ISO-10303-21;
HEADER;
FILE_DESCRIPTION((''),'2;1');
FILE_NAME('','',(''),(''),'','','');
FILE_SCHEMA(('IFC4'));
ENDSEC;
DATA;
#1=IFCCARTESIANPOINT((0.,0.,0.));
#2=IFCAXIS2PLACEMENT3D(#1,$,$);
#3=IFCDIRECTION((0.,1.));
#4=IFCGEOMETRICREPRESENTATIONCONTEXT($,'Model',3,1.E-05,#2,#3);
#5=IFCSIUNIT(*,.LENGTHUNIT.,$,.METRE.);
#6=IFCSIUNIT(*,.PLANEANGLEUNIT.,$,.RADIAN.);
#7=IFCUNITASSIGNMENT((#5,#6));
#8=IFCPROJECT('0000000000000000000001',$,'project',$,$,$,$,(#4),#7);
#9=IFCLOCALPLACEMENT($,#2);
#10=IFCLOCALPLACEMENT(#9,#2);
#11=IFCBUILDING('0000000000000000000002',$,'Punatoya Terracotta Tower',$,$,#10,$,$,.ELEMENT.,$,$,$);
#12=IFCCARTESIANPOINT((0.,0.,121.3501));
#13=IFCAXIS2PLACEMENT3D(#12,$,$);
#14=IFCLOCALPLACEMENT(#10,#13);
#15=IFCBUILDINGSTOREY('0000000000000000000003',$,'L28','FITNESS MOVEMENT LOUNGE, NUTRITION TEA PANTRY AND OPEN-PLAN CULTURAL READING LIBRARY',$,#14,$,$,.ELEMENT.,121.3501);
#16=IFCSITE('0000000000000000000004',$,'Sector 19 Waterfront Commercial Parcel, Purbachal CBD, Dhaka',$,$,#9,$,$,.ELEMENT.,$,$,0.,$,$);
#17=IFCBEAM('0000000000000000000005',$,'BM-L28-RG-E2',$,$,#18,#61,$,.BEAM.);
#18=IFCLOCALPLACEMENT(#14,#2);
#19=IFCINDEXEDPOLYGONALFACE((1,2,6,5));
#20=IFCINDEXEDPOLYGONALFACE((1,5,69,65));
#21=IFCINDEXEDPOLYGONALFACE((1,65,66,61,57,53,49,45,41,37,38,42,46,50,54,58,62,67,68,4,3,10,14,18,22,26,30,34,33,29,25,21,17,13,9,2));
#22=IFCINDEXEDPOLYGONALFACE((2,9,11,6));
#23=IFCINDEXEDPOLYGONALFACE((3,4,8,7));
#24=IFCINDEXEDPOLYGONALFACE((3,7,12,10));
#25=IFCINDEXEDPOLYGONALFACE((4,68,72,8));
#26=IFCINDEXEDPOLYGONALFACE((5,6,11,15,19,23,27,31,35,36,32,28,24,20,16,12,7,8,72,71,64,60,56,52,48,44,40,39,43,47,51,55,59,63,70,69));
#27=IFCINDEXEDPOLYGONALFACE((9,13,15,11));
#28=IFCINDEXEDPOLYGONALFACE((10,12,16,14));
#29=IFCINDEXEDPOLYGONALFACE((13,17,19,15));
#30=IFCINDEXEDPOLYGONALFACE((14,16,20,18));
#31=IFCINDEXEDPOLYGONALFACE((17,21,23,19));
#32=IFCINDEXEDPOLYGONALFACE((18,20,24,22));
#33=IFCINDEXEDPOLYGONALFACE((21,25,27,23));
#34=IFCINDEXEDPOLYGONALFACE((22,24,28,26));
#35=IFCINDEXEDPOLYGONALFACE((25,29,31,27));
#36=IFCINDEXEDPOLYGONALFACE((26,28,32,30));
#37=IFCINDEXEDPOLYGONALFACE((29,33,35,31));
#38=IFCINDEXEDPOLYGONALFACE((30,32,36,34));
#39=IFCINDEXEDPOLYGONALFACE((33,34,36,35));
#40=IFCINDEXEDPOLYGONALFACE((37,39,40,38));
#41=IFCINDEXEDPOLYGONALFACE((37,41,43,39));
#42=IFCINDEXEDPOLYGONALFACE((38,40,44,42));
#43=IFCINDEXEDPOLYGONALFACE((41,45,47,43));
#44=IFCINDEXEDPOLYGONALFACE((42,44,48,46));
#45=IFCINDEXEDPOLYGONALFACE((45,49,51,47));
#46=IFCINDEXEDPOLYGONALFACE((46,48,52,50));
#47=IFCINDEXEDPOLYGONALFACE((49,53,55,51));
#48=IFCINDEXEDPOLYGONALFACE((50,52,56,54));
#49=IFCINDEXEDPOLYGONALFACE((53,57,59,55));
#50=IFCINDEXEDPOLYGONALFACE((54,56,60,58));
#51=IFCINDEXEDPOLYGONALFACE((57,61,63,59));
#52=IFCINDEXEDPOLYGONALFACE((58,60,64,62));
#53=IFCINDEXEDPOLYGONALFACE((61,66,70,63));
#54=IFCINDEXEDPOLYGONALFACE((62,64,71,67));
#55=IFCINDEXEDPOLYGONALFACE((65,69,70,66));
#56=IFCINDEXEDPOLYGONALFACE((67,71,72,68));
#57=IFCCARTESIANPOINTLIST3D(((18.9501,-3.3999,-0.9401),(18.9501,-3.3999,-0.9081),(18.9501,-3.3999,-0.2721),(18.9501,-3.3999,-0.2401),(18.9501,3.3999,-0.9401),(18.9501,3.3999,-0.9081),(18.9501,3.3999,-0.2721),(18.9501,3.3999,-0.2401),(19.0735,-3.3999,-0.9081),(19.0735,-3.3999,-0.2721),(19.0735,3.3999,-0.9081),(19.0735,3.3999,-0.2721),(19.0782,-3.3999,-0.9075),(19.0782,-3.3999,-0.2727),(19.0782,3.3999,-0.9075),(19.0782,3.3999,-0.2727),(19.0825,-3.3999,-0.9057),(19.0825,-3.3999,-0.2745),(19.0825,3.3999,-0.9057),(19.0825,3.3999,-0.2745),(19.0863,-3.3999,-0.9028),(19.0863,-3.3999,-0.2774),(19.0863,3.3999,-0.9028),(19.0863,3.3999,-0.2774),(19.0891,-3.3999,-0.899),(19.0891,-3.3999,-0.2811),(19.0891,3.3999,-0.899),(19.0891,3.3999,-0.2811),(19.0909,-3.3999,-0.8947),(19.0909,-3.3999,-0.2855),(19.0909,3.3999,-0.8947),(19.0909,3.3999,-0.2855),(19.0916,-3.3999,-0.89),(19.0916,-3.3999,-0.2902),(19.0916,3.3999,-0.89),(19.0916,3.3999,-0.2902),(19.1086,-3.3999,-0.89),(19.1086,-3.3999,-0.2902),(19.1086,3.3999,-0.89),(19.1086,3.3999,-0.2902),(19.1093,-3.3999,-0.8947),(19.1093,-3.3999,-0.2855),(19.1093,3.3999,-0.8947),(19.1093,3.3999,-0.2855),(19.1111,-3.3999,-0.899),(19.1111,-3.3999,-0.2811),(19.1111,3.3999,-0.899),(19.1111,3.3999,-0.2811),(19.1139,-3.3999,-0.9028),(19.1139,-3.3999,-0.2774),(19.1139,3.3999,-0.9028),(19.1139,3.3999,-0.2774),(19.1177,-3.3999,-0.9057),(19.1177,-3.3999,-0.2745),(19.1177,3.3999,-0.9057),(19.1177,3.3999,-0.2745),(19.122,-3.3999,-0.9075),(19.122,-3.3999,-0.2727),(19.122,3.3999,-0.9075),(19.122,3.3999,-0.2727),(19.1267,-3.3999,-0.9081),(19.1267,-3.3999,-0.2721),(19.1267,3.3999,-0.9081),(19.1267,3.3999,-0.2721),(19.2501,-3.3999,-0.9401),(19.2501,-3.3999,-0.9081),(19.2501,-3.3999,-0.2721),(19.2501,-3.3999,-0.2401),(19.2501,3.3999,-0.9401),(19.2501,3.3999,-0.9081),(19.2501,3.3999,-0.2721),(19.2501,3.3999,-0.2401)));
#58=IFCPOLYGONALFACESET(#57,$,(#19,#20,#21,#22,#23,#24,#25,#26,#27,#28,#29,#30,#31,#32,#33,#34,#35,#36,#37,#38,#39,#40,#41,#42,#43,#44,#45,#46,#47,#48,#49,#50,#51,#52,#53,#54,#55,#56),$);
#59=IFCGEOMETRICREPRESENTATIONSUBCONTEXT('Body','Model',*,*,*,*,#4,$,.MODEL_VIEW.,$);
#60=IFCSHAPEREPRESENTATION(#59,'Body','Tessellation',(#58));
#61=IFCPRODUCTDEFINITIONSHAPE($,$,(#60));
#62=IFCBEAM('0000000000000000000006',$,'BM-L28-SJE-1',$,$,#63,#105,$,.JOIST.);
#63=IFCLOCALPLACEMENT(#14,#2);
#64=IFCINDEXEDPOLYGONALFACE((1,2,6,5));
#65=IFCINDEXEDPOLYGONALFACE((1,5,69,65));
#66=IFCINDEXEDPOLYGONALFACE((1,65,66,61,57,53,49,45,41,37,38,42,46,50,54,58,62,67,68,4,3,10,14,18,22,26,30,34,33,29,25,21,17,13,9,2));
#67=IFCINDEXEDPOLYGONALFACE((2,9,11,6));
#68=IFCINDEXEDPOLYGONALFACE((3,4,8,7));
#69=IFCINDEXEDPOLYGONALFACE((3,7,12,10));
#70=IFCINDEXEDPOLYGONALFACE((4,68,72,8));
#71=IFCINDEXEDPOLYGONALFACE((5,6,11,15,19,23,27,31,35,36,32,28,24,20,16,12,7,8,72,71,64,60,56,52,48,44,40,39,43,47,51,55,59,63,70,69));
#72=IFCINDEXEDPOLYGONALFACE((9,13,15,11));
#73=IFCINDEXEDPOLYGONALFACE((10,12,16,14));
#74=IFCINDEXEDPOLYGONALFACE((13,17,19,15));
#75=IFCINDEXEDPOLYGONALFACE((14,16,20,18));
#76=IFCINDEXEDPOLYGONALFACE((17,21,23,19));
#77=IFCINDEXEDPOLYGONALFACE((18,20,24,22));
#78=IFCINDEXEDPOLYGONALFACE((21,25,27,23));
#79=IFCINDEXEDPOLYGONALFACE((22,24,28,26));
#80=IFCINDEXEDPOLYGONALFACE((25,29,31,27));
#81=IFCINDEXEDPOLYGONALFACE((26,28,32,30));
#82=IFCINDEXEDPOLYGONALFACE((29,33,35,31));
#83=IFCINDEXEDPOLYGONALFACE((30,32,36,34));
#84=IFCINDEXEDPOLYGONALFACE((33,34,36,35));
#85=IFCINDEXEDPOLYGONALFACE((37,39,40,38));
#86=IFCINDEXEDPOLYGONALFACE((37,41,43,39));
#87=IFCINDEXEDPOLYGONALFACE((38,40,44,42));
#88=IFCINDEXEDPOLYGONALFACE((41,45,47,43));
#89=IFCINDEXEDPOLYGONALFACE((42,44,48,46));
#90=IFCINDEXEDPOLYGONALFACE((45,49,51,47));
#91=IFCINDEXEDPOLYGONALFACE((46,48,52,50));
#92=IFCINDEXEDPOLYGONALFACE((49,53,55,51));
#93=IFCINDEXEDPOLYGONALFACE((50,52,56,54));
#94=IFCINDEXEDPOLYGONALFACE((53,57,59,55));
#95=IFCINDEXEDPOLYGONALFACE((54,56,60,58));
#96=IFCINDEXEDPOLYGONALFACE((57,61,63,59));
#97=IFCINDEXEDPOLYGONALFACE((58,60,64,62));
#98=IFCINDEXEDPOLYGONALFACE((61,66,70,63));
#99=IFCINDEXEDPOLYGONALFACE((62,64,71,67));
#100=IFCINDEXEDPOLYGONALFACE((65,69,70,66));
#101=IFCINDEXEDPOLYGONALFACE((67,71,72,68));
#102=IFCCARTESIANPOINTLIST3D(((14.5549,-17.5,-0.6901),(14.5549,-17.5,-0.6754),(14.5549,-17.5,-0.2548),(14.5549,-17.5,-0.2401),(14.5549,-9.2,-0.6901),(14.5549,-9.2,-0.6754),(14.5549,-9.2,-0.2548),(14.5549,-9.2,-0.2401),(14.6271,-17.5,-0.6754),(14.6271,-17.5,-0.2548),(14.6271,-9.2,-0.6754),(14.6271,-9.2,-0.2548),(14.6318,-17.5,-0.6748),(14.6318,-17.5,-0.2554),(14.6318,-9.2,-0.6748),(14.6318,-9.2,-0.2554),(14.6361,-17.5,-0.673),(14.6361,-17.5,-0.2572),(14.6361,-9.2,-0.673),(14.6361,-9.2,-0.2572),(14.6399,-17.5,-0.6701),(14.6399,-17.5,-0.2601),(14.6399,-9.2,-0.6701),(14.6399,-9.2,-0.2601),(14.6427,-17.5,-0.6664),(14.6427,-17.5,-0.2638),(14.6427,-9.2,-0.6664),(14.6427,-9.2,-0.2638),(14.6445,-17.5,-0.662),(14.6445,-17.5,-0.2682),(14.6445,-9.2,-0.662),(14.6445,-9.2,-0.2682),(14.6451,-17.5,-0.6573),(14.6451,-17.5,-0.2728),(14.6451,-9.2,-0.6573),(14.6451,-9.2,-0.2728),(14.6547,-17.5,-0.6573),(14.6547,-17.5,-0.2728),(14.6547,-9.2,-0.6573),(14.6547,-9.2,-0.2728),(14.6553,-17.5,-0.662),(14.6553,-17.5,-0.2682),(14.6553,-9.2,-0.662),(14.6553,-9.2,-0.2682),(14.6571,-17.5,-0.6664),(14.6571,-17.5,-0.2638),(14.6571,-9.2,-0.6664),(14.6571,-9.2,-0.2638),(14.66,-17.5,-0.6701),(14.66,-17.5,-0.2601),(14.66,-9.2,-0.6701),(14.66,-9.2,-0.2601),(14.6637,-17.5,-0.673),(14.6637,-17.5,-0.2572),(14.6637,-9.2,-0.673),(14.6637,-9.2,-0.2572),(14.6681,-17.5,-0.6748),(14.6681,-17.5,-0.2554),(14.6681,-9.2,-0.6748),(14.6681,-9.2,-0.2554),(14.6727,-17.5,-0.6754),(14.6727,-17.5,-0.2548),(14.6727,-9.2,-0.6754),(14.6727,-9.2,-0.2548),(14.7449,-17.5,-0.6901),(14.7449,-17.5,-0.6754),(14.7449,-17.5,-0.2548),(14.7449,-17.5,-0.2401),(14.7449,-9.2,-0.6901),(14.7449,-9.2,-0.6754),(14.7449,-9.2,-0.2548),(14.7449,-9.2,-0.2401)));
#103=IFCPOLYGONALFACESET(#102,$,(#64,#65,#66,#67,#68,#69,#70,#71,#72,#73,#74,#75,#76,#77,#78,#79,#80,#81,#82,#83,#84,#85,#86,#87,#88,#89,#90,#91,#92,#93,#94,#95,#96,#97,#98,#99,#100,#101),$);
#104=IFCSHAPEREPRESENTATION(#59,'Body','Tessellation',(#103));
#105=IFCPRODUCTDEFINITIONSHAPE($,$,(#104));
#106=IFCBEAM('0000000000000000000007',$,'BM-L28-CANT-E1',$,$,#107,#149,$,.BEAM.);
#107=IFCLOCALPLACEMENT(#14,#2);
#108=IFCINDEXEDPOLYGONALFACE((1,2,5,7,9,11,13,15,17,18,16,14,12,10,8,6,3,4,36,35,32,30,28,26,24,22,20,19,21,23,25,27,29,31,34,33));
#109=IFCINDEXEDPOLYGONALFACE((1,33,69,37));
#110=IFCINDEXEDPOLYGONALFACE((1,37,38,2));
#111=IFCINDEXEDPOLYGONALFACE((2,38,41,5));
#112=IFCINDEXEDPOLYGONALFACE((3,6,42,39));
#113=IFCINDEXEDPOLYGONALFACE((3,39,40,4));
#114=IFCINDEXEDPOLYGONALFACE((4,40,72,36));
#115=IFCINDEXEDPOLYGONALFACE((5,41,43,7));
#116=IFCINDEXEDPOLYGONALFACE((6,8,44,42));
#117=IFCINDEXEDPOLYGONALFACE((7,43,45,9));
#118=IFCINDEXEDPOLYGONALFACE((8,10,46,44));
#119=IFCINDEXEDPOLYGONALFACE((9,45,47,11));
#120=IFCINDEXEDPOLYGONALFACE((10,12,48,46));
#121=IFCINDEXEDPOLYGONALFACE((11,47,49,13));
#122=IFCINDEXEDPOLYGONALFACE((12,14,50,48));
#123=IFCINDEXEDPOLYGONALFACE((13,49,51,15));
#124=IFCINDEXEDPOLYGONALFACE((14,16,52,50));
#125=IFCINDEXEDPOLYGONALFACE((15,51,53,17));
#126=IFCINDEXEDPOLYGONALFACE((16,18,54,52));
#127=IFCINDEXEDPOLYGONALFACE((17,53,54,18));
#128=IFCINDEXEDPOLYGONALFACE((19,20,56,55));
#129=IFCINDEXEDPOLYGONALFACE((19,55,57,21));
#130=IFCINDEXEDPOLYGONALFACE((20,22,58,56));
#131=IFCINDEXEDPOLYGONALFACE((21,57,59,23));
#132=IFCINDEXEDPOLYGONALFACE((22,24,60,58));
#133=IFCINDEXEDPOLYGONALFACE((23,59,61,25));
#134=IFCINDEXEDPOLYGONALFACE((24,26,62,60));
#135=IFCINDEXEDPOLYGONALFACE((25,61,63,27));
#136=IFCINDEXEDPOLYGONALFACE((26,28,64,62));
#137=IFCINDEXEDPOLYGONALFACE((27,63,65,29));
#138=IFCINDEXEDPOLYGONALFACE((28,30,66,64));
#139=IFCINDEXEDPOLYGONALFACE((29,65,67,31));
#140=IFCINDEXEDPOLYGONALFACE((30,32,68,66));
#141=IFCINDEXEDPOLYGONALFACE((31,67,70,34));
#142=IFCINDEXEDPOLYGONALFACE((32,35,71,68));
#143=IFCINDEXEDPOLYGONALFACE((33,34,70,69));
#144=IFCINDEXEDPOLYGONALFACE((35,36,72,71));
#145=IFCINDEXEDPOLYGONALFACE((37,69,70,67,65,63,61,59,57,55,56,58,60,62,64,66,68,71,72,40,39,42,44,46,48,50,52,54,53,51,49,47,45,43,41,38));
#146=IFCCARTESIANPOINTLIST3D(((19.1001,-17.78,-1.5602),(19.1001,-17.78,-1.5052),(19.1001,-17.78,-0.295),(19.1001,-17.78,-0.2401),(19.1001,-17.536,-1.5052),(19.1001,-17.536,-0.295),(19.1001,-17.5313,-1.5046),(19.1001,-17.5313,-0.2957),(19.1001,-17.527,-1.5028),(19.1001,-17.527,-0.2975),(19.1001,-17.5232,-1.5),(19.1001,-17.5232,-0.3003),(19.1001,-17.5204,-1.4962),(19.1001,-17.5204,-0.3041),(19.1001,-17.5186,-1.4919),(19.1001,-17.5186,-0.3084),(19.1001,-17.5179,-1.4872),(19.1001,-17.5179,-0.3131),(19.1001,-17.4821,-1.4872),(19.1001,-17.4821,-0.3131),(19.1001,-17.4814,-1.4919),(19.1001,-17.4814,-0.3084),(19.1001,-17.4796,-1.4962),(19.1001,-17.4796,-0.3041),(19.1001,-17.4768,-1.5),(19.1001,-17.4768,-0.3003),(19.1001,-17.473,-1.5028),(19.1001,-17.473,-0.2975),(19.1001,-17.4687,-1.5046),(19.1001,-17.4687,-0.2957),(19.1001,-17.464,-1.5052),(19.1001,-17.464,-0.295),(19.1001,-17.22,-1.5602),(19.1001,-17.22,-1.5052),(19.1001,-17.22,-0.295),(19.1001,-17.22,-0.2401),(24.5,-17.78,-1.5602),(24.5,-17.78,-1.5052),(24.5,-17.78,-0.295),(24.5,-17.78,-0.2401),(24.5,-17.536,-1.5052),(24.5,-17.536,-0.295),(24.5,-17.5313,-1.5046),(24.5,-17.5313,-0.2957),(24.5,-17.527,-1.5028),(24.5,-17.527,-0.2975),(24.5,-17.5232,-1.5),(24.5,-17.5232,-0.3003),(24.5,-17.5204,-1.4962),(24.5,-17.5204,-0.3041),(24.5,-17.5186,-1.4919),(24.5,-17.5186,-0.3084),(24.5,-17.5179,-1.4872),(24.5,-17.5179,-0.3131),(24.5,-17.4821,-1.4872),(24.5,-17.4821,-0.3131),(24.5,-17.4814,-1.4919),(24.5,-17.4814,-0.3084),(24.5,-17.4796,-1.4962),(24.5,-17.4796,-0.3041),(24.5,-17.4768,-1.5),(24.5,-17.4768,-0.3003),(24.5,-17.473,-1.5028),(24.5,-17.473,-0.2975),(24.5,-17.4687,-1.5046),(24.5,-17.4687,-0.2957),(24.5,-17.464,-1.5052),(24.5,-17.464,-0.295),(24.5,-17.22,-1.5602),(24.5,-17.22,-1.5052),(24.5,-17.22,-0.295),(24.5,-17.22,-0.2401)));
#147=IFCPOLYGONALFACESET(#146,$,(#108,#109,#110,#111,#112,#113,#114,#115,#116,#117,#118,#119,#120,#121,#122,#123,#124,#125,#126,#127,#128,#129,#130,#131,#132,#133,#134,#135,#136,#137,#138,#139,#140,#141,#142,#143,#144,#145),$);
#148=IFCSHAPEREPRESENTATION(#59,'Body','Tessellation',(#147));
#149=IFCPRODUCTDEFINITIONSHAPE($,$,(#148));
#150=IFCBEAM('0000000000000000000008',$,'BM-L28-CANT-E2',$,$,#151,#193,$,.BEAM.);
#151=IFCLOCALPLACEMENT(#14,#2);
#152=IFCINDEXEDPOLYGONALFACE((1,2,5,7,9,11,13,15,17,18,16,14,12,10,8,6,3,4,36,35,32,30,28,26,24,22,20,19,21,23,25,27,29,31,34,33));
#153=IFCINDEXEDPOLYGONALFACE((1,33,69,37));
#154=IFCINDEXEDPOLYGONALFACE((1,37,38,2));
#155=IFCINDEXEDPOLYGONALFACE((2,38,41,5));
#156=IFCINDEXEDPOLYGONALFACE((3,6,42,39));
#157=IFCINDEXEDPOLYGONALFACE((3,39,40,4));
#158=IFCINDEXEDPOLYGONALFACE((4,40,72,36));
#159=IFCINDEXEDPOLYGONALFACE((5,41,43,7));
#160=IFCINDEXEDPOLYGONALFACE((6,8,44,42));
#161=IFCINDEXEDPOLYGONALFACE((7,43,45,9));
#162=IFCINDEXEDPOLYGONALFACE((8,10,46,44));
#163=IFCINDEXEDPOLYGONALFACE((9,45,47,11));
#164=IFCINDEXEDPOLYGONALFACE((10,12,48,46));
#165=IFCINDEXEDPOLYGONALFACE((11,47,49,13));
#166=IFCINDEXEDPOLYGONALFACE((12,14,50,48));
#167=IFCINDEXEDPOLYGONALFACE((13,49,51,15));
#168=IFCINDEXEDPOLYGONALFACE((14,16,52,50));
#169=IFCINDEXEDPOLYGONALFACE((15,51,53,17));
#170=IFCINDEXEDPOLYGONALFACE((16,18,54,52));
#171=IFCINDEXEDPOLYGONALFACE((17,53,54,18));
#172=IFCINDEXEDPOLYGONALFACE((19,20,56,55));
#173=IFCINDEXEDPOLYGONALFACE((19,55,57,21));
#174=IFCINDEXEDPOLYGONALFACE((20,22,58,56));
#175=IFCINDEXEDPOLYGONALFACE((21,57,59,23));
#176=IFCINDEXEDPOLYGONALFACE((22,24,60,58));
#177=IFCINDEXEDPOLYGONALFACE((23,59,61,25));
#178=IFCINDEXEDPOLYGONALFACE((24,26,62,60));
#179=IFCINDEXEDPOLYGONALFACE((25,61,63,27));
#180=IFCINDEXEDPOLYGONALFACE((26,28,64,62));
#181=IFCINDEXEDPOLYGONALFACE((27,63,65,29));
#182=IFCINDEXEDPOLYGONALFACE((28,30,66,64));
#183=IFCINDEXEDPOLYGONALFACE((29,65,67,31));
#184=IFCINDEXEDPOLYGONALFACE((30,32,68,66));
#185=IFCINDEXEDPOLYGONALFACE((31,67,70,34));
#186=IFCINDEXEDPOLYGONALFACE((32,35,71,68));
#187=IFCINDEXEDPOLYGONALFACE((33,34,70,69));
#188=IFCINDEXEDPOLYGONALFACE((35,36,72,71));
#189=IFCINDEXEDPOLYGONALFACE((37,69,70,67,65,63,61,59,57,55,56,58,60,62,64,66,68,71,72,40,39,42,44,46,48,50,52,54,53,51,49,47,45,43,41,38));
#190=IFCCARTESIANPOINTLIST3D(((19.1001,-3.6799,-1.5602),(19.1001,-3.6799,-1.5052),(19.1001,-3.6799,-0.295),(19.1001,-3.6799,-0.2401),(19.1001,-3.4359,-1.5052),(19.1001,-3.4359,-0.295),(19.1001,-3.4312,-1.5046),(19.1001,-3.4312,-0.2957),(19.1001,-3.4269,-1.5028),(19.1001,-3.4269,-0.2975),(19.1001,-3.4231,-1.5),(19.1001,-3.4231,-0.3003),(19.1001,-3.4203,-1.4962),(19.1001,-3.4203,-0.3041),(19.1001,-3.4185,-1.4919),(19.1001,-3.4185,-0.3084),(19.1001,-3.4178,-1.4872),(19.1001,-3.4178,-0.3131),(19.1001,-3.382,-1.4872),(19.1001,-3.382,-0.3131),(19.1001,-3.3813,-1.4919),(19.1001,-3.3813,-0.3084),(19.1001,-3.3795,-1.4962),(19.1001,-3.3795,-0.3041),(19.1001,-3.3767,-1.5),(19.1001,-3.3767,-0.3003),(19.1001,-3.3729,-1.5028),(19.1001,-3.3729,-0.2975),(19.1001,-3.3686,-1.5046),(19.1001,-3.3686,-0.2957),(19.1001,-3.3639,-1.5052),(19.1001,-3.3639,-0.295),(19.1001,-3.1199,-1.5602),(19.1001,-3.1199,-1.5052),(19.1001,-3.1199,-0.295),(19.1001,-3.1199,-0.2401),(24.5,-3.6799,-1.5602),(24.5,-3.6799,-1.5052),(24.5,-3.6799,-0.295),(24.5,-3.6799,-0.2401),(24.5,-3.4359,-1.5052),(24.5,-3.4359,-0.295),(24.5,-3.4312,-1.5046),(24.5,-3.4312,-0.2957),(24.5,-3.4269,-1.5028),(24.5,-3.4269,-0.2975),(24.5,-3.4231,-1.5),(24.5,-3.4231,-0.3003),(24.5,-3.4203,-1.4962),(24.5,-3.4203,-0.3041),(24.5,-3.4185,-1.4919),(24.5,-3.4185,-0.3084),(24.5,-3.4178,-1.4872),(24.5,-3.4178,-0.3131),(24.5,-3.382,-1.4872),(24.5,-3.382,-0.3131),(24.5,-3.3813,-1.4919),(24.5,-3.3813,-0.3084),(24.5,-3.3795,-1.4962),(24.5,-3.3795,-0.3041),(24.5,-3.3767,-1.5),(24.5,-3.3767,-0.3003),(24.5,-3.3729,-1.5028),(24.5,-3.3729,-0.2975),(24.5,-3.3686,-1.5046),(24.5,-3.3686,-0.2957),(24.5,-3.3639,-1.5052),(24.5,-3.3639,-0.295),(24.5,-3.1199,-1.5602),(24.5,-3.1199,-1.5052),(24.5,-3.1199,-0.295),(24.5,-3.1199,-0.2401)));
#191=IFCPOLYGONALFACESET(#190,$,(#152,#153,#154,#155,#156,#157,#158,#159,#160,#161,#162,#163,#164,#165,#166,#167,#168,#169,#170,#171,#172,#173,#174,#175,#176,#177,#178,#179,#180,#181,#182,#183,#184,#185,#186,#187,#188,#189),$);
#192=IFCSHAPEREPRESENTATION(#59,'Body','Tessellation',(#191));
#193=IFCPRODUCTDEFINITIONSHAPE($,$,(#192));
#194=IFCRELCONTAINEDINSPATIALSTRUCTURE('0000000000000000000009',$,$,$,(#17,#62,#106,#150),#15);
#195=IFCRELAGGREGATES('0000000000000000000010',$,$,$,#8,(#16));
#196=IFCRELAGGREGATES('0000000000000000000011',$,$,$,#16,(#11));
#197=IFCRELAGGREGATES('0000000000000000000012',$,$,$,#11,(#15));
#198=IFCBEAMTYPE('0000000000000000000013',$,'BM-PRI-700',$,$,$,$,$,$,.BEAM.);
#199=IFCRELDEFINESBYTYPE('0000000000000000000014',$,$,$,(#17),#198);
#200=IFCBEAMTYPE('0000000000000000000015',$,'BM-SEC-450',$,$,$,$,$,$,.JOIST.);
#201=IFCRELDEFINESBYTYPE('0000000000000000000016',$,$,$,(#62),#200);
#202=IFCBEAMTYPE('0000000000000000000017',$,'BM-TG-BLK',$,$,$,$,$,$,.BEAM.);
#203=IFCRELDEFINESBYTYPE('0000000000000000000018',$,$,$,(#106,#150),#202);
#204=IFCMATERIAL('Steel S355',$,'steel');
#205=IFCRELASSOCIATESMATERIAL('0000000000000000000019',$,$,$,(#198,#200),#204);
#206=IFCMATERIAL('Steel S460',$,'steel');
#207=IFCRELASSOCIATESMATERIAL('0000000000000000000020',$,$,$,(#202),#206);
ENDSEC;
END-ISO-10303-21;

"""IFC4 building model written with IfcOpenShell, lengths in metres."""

from ifc_helpers import new_model, si_unit, direction, frame, origin, origin_2d, place, context, subcontext, project, spatial, i_section, extrude, material, material_profile, profile_set, type_object, element, save


model = new_model("IFC4")

# Units and contexts
model_context = context("Model", 3, precision=1e-05, world=origin(), true_north=direction((0.0, 1.0)))
body_context = subcontext(model_context, "Body", "Model", "MODEL_VIEW")
ifc_project = project(units=[si_unit("LENGTHUNIT", "METRE"), si_unit("PLANEANGLEUNIT", "RADIAN")], contexts=[model_context])

# Site, building, storey
site_placement = place(None, origin())
site = spatial("IfcSite", under=ifc_project, at=site_placement, Name="Sector 19 Waterfront Commercial Parcel, Purbachal CBD, Dhaka", CompositionType="ELEMENT", RefElevation=0.0)
building_placement = place(site_placement, origin())
building = spatial("IfcBuilding", under=site, at=building_placement, Name="Punatoya Terracotta Tower", CompositionType="ELEMENT")
storey_placement = place(building_placement, frame((0.0, 0.0, 121.3501)))
storey = spatial("IfcBuildingStorey", under=building, at=storey_placement, Name="L28", Description="FITNESS MOVEMENT LOUNGE, NUTRITION TEA PANTRY AND OPEN-PLAN CULTURAL READING LIBRARY", CompositionType="ELEMENT", Elevation=121.3501)

# Shared definitions
ifc_material_1 = material(Name="Steel S460", Category="steel")

# Beams
ifc_material_2 = material(Name="Steel S355", Category="steel")
ifc_material_profile_1 = material_profile(ifc_material_2, i_section(OverallWidth=0.3, OverallDepth=0.7, WebThickness=0.0171, FlangeThickness=0.032, FilletRadius=0.0181, at=origin_2d()))
ifc_profile_set_1 = profile_set([ifc_material_profile_1], Name="Steel S355")
beam_type_1 = type_object("IfcBeamType", Name="BM-PRI-700", PredefinedType="BEAM", material=ifc_profile_set_1)
beam_1_placement = place(storey_placement, frame((19.1001, -3.3999, -0.5901), z_axis=(0.0, 1.0, 0.0), x_axis=(-1.0, 0.0, 0.0)))
element("IfcBeam", 1, at=beam_1_placement, inside=storey, type_object=beam_type_1, Name="BM-L28-RG-E2", PredefinedType="BEAM", context=body_context, shape_type="SweptSolid", body=[
    extrude(i_section(OverallWidth=0.3, OverallDepth=0.7, WebThickness=0.0171, FlangeThickness=0.032, FilletRadius=0.0181, at=origin_2d()), origin(), (0.0, 0.0, 1.0), 6.7998),
])
ifc_material_profile_2 = material_profile(ifc_material_2, i_section(OverallWidth=0.1899, OverallDepth=0.45, WebThickness=0.0095, FlangeThickness=0.0146, FilletRadius=0.0181, at=origin_2d()))
ifc_profile_set_2 = profile_set([ifc_material_profile_2], Name="Steel S355")
beam_type_2 = type_object("IfcBeamType", Name="BM-SEC-450", PredefinedType="JOIST", material=ifc_profile_set_2)
beam_2_placement = place(storey_placement, frame((14.6499, -17.5, -0.4651), z_axis=(0.0, 1.0, 0.0), x_axis=(-1.0, 0.0, 0.0)))
element("IfcBeam", 2, at=beam_2_placement, inside=storey, type_object=beam_type_2, Name="BM-L28-SJE-1", PredefinedType="JOIST", context=body_context, shape_type="SweptSolid", body=[
    extrude(i_section(OverallWidth=0.1899, OverallDepth=0.45, WebThickness=0.0095, FlangeThickness=0.0146, FilletRadius=0.0181, at=origin_2d()), origin(), (0.0, 0.0, 1.0), 8.3),
])
ifc_material_profile_3 = material_profile(ifc_material_1, i_section(OverallWidth=0.5601, OverallDepth=1.3201, WebThickness=0.0359, FlangeThickness=0.0549, FilletRadius=0.0181, at=origin_2d()))
ifc_profile_set_3 = profile_set([ifc_material_profile_3], Name="Steel S460")
beam_type_3 = type_object("IfcBeamType", Name="BM-TG-BLK", PredefinedType="BEAM", material=ifc_profile_set_3)
for number, where, z_axis, x_axis, name in (
    (3, (19.1001, -17.5, -0.9001), (1.0, 0.0, 0.0), (0.0, 1.0, 0.0), "BM-L28-CANT-E1"),
    (4, (19.1001, -3.3999, -0.9001), (1.0, 0.0, 0.0), (0.0, 1.0, 0.0), "BM-L28-CANT-E2"),
):
    element("IfcBeam", number, at=place(storey_placement, frame(where, z_axis=z_axis, x_axis=x_axis)), inside=storey, type_object=beam_type_3, Name=name, PredefinedType="BEAM", context=body_context, shape_type="SweptSolid", body=[
        extrude(i_section(OverallWidth=0.5601, OverallDepth=1.3201, WebThickness=0.0359, FlangeThickness=0.0549, FilletRadius=0.0181, at=origin_2d()), origin(), (0.0, 0.0, 1.0), 5.3999),
    ])

save(model, "model.ifc")
